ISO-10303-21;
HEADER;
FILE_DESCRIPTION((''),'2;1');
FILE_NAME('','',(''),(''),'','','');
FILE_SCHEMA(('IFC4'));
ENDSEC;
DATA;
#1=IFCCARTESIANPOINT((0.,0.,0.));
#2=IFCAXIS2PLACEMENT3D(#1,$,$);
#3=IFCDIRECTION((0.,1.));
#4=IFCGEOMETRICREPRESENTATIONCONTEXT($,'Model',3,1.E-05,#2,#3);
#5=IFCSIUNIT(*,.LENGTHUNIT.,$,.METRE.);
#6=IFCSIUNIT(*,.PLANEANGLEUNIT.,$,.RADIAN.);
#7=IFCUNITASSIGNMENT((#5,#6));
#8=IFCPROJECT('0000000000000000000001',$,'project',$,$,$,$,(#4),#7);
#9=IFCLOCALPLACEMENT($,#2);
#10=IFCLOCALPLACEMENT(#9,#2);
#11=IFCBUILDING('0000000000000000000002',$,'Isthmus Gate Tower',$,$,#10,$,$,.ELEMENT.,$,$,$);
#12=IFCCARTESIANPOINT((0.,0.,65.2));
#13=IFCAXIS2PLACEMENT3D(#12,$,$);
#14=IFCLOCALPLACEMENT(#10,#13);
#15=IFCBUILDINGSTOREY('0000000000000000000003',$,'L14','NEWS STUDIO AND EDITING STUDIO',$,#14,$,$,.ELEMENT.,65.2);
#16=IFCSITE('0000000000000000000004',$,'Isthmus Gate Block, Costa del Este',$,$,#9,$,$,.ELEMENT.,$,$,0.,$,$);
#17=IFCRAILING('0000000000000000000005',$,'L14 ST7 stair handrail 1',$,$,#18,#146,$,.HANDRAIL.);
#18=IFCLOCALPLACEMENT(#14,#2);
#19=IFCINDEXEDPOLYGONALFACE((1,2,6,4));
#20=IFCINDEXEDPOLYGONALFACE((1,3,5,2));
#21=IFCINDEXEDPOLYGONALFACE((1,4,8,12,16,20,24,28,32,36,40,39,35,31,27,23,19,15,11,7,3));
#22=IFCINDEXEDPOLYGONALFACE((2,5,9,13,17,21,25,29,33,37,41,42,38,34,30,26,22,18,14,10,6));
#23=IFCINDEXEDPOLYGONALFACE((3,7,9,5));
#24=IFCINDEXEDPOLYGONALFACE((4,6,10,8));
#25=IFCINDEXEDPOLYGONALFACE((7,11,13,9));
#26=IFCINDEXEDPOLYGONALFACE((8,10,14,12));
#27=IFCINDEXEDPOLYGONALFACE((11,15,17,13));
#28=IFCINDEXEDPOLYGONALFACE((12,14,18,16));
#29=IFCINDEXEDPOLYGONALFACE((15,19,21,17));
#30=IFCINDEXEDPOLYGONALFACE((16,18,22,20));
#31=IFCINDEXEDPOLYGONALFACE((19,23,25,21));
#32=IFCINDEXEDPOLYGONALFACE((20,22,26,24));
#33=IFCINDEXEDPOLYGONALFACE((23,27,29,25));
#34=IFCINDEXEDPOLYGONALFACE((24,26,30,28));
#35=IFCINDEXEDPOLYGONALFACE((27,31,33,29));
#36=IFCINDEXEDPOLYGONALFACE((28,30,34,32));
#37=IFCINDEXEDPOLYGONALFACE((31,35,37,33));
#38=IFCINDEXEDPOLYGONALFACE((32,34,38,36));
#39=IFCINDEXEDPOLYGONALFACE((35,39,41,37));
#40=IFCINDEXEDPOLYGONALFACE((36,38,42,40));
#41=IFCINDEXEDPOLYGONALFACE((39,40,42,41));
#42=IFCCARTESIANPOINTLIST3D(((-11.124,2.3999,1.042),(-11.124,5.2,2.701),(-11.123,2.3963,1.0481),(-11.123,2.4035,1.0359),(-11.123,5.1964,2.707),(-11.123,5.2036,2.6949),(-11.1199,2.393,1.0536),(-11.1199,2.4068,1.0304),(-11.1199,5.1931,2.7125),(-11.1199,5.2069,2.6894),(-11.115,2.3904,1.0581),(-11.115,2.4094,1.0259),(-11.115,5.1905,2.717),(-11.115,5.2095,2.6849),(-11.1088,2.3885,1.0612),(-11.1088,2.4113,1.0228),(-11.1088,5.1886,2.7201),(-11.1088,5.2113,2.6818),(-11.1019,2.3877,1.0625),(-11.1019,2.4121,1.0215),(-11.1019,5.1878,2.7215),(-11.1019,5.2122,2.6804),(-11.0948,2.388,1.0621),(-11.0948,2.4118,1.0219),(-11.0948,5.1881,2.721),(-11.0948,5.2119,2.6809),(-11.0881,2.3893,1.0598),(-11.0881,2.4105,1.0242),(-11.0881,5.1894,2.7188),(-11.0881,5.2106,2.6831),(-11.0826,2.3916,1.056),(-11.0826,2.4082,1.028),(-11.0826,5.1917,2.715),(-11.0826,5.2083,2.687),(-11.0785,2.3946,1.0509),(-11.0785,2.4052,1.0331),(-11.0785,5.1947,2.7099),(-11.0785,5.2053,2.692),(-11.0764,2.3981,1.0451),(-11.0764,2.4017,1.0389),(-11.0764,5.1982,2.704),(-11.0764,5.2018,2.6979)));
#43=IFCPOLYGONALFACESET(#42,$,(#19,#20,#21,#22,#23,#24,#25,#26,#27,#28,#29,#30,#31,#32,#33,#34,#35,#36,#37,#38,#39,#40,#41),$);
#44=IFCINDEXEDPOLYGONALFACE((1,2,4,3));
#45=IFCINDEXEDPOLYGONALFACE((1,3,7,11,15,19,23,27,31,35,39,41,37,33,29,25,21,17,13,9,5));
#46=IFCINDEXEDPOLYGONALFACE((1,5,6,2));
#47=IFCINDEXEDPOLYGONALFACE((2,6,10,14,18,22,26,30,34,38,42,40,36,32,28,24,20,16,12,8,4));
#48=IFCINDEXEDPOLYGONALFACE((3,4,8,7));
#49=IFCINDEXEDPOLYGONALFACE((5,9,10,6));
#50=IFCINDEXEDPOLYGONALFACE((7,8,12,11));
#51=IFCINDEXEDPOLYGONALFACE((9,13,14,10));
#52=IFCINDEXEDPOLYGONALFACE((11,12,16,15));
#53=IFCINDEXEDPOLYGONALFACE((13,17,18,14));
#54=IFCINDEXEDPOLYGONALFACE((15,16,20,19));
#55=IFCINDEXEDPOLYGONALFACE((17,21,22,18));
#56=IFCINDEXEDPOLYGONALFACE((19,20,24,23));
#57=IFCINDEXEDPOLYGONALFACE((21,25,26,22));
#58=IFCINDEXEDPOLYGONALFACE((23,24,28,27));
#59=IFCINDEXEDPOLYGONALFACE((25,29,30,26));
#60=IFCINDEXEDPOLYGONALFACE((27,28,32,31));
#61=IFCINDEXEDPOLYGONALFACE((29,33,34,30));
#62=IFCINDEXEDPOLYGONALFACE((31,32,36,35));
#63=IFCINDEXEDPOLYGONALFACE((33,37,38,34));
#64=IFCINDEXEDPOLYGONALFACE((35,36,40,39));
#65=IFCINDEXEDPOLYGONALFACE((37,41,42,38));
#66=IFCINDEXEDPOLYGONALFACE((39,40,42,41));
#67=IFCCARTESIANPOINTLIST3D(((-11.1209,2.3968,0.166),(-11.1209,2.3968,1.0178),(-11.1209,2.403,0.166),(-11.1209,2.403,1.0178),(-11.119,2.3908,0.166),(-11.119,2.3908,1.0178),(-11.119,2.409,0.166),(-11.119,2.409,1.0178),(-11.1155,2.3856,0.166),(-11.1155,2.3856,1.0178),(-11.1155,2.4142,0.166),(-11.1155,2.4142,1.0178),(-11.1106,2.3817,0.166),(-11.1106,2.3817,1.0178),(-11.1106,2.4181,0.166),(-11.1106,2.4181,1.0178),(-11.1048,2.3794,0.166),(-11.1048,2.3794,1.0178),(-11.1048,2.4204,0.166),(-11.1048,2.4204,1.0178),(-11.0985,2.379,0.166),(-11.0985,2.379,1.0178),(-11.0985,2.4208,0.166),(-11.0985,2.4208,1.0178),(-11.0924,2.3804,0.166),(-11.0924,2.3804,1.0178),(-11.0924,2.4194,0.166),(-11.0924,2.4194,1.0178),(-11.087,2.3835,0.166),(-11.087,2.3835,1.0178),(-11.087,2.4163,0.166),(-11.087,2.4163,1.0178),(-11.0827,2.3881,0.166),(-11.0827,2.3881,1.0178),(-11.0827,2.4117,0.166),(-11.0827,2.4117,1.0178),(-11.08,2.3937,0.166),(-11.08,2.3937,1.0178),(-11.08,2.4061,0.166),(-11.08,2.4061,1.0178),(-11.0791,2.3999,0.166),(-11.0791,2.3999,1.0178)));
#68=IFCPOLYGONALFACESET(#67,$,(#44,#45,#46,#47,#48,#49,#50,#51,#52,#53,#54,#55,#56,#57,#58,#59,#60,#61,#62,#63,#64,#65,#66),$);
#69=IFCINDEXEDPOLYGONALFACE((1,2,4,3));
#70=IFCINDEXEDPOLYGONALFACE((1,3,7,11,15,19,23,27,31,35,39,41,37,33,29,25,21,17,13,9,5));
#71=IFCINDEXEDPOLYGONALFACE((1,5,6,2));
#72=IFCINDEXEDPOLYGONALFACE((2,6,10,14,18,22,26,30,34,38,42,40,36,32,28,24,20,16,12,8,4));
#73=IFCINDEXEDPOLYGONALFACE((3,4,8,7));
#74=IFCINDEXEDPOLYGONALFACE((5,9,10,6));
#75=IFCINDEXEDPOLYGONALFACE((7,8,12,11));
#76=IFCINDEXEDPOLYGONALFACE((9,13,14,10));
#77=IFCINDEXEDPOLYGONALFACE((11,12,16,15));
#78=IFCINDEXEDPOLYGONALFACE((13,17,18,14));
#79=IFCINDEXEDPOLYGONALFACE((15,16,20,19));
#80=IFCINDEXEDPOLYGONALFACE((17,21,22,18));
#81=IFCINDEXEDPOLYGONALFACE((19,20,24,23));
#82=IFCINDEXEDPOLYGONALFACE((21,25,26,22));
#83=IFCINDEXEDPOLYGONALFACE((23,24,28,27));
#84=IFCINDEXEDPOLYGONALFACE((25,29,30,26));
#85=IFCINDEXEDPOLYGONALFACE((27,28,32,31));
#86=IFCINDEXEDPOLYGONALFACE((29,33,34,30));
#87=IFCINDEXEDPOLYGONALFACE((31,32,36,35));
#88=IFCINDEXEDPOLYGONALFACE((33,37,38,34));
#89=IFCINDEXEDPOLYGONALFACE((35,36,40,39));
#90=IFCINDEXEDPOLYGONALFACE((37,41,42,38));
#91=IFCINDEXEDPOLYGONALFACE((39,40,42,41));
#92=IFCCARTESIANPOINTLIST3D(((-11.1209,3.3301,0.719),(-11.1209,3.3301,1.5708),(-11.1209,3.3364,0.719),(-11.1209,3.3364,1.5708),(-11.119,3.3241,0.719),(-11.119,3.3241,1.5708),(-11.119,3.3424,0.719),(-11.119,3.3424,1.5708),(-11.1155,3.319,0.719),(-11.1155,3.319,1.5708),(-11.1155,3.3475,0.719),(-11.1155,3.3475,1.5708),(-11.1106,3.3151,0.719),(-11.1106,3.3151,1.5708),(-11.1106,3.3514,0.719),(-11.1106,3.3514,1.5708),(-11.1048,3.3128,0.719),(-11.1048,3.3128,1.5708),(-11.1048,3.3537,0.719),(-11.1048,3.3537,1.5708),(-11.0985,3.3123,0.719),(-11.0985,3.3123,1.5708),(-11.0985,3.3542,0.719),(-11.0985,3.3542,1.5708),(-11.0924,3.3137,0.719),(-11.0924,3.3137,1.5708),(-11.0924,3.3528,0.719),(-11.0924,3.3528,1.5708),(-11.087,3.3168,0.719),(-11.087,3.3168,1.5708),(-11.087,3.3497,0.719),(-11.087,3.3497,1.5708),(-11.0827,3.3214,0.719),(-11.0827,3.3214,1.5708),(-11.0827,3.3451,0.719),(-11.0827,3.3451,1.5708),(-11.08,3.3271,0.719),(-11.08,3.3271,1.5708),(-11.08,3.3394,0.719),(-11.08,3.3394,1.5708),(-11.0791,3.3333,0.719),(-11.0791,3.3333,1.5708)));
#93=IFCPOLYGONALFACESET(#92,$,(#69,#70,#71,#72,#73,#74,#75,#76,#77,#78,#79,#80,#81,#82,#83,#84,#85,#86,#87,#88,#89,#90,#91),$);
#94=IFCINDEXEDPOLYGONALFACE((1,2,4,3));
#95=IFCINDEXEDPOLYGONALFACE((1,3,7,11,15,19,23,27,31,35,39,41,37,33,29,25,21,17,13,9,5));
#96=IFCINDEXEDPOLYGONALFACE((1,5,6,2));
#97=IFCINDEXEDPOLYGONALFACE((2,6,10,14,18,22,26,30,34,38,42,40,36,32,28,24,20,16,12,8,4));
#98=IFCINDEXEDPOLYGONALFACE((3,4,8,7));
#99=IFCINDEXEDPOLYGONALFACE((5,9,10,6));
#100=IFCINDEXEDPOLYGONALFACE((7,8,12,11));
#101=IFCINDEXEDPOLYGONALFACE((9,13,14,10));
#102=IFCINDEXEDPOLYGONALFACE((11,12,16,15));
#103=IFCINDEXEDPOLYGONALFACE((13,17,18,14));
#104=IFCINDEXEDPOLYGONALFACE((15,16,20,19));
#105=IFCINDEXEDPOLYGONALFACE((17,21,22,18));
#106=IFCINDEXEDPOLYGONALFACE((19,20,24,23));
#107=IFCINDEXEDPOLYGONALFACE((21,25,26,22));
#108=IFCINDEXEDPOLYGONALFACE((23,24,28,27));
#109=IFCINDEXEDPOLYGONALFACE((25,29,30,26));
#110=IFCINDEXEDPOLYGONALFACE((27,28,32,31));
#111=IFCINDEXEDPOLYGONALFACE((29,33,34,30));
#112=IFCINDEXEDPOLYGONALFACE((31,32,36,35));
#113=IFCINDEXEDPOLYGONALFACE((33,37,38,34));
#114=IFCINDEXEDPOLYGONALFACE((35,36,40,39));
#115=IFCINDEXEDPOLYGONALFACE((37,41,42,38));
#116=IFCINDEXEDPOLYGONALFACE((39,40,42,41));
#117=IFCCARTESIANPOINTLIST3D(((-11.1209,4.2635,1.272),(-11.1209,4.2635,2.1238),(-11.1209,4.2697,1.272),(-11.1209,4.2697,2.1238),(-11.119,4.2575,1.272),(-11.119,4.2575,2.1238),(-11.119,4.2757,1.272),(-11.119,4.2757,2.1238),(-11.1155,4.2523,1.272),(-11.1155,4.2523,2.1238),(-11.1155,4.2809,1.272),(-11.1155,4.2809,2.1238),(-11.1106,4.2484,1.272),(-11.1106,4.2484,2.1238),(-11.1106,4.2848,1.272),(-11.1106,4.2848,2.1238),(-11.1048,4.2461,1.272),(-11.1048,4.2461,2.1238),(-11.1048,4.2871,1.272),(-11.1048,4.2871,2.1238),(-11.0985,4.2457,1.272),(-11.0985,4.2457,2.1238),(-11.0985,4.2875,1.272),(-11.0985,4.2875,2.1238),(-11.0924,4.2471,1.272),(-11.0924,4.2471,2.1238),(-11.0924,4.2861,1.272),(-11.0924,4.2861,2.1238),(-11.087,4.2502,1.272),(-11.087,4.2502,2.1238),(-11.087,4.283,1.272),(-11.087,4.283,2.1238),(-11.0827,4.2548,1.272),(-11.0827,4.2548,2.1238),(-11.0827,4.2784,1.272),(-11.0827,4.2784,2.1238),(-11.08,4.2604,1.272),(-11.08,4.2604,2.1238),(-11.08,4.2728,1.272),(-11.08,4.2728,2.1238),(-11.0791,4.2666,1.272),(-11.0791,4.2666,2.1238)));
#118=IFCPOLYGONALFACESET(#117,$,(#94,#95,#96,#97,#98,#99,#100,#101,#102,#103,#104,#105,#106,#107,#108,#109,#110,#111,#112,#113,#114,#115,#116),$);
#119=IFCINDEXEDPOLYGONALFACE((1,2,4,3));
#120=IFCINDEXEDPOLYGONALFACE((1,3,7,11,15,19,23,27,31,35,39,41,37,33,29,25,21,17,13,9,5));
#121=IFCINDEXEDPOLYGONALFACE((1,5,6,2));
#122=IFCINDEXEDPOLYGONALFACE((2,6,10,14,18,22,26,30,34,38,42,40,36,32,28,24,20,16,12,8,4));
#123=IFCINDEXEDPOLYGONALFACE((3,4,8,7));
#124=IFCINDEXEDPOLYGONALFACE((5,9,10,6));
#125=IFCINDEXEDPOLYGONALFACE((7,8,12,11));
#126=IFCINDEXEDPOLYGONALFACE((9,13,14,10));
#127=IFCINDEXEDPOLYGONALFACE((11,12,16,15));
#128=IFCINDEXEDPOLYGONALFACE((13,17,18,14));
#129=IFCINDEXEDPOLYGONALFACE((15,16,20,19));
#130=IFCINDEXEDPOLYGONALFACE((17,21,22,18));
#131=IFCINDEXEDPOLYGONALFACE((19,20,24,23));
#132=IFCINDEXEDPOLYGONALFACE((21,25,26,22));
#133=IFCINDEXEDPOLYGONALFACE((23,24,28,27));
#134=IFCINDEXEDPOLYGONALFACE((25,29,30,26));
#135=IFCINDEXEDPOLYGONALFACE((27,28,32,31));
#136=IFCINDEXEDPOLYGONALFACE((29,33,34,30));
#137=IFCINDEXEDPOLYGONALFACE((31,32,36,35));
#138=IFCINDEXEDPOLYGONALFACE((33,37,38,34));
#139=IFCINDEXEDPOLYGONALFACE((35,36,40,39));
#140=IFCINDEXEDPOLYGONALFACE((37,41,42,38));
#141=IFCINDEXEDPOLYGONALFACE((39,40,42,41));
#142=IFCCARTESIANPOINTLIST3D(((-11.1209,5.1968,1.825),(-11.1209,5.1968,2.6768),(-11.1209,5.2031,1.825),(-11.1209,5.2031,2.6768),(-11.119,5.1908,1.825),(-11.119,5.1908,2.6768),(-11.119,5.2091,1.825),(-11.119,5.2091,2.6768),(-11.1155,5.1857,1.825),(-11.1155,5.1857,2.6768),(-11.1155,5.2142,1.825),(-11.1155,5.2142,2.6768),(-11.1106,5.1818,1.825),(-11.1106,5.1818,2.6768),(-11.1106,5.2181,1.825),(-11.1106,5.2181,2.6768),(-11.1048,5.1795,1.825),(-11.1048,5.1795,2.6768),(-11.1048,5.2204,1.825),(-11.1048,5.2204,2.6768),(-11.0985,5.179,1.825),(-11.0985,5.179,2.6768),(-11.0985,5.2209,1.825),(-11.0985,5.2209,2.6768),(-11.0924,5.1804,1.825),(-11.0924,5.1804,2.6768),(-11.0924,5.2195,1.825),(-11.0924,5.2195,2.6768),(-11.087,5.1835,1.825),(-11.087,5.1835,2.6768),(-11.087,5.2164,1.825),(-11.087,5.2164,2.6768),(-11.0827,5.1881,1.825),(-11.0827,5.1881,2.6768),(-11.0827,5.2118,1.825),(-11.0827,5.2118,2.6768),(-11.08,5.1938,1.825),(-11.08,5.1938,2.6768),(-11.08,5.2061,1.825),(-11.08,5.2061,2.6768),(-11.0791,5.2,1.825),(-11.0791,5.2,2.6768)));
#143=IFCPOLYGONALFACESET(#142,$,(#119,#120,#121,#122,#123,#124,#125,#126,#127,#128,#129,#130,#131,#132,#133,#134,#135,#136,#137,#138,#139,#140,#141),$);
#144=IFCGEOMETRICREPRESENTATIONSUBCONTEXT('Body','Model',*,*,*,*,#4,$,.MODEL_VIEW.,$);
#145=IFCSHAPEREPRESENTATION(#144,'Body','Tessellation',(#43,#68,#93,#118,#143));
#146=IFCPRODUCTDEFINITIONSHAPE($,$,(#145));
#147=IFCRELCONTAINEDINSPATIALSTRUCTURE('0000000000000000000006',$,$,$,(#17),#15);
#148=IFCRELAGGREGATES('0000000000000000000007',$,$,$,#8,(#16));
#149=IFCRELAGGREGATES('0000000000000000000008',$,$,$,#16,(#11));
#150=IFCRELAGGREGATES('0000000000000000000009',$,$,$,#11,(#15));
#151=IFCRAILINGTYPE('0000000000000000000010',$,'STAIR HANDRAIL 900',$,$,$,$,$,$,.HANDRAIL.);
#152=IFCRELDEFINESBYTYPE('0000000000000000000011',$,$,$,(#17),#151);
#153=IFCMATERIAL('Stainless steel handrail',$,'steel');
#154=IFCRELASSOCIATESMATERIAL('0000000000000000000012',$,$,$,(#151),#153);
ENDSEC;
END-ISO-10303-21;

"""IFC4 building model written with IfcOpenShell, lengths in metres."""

from ifc_helpers import new_model, si_unit, direction, frame, origin, origin_2d, place, context, subcontext, project, spatial, circle, extrude, material, type_object, element, save


model = new_model("IFC4")

# Units and contexts
model_context = context("Model", 3, precision=1e-05, world=origin(), true_north=direction((0.0, 1.0)))
body_context = subcontext(model_context, "Body", "Model", "MODEL_VIEW")
ifc_project = project(units=[si_unit("LENGTHUNIT", "METRE"), si_unit("PLANEANGLEUNIT", "RADIAN")], contexts=[model_context])

# Site, building, storey
site_placement = place(None, origin())
site = spatial("IfcSite", under=ifc_project, at=site_placement, Name="Isthmus Gate Block, Costa del Este", CompositionType="ELEMENT", RefElevation=0.0)
building_placement = place(site_placement, origin())
building = spatial("IfcBuilding", under=site, at=building_placement, Name="Isthmus Gate Tower", CompositionType="ELEMENT")
storey_placement = place(building_placement, frame((0.0, 0.0, 65.2)))
storey = spatial("IfcBuildingStorey", under=building, at=storey_placement, Name="L14", Description="NEWS STUDIO AND EDITING STUDIO", CompositionType="ELEMENT", Elevation=65.2)

# Railing
ifc_material_1 = material(Name="Stainless steel handrail", Category="steel")
railing_type_1 = type_object("IfcRailingType", Name="STAIR HANDRAIL 900", PredefinedType="HANDRAIL", material=ifc_material_1)
railing_1_placement = place(storey_placement, frame((-11.1001, 2.3999, 0.166)))
element("IfcRailing", 1, at=railing_1_placement, inside=storey, type_object=railing_type_1, Name="L14 ST7 stair handrail 1", PredefinedType="HANDRAIL", context=body_context, shape_type="SweptSolid", body=[
    extrude(circle(Radius=0.0239, at=origin_2d()), frame((0.0, 0.0, 0.876), z_axis=(0.0, 0.860339, 0.509722), x_axis=(-1.0, 0.0, 0.0)), (0.0, 0.0, 1.0), 3.2546),
    extrude(circle(Radius=0.021, at=origin_2d()), origin(), (0.0, 0.0, 1.0), 0.8518),
    extrude(circle(Radius=0.021, at=origin_2d()), frame((0.0, 0.9333, 0.553)), (0.0, 0.0, 1.0), 0.8518),
    extrude(circle(Radius=0.021, at=origin_2d()), frame((0.0, 1.8667, 1.106)), (0.0, 0.0, 1.0), 0.8518),
    extrude(circle(Radius=0.021, at=origin_2d()), frame((0.0, 2.8, 1.6589)), (0.0, 0.0, 1.0), 0.8518),
])

save(model, "model.ifc")
